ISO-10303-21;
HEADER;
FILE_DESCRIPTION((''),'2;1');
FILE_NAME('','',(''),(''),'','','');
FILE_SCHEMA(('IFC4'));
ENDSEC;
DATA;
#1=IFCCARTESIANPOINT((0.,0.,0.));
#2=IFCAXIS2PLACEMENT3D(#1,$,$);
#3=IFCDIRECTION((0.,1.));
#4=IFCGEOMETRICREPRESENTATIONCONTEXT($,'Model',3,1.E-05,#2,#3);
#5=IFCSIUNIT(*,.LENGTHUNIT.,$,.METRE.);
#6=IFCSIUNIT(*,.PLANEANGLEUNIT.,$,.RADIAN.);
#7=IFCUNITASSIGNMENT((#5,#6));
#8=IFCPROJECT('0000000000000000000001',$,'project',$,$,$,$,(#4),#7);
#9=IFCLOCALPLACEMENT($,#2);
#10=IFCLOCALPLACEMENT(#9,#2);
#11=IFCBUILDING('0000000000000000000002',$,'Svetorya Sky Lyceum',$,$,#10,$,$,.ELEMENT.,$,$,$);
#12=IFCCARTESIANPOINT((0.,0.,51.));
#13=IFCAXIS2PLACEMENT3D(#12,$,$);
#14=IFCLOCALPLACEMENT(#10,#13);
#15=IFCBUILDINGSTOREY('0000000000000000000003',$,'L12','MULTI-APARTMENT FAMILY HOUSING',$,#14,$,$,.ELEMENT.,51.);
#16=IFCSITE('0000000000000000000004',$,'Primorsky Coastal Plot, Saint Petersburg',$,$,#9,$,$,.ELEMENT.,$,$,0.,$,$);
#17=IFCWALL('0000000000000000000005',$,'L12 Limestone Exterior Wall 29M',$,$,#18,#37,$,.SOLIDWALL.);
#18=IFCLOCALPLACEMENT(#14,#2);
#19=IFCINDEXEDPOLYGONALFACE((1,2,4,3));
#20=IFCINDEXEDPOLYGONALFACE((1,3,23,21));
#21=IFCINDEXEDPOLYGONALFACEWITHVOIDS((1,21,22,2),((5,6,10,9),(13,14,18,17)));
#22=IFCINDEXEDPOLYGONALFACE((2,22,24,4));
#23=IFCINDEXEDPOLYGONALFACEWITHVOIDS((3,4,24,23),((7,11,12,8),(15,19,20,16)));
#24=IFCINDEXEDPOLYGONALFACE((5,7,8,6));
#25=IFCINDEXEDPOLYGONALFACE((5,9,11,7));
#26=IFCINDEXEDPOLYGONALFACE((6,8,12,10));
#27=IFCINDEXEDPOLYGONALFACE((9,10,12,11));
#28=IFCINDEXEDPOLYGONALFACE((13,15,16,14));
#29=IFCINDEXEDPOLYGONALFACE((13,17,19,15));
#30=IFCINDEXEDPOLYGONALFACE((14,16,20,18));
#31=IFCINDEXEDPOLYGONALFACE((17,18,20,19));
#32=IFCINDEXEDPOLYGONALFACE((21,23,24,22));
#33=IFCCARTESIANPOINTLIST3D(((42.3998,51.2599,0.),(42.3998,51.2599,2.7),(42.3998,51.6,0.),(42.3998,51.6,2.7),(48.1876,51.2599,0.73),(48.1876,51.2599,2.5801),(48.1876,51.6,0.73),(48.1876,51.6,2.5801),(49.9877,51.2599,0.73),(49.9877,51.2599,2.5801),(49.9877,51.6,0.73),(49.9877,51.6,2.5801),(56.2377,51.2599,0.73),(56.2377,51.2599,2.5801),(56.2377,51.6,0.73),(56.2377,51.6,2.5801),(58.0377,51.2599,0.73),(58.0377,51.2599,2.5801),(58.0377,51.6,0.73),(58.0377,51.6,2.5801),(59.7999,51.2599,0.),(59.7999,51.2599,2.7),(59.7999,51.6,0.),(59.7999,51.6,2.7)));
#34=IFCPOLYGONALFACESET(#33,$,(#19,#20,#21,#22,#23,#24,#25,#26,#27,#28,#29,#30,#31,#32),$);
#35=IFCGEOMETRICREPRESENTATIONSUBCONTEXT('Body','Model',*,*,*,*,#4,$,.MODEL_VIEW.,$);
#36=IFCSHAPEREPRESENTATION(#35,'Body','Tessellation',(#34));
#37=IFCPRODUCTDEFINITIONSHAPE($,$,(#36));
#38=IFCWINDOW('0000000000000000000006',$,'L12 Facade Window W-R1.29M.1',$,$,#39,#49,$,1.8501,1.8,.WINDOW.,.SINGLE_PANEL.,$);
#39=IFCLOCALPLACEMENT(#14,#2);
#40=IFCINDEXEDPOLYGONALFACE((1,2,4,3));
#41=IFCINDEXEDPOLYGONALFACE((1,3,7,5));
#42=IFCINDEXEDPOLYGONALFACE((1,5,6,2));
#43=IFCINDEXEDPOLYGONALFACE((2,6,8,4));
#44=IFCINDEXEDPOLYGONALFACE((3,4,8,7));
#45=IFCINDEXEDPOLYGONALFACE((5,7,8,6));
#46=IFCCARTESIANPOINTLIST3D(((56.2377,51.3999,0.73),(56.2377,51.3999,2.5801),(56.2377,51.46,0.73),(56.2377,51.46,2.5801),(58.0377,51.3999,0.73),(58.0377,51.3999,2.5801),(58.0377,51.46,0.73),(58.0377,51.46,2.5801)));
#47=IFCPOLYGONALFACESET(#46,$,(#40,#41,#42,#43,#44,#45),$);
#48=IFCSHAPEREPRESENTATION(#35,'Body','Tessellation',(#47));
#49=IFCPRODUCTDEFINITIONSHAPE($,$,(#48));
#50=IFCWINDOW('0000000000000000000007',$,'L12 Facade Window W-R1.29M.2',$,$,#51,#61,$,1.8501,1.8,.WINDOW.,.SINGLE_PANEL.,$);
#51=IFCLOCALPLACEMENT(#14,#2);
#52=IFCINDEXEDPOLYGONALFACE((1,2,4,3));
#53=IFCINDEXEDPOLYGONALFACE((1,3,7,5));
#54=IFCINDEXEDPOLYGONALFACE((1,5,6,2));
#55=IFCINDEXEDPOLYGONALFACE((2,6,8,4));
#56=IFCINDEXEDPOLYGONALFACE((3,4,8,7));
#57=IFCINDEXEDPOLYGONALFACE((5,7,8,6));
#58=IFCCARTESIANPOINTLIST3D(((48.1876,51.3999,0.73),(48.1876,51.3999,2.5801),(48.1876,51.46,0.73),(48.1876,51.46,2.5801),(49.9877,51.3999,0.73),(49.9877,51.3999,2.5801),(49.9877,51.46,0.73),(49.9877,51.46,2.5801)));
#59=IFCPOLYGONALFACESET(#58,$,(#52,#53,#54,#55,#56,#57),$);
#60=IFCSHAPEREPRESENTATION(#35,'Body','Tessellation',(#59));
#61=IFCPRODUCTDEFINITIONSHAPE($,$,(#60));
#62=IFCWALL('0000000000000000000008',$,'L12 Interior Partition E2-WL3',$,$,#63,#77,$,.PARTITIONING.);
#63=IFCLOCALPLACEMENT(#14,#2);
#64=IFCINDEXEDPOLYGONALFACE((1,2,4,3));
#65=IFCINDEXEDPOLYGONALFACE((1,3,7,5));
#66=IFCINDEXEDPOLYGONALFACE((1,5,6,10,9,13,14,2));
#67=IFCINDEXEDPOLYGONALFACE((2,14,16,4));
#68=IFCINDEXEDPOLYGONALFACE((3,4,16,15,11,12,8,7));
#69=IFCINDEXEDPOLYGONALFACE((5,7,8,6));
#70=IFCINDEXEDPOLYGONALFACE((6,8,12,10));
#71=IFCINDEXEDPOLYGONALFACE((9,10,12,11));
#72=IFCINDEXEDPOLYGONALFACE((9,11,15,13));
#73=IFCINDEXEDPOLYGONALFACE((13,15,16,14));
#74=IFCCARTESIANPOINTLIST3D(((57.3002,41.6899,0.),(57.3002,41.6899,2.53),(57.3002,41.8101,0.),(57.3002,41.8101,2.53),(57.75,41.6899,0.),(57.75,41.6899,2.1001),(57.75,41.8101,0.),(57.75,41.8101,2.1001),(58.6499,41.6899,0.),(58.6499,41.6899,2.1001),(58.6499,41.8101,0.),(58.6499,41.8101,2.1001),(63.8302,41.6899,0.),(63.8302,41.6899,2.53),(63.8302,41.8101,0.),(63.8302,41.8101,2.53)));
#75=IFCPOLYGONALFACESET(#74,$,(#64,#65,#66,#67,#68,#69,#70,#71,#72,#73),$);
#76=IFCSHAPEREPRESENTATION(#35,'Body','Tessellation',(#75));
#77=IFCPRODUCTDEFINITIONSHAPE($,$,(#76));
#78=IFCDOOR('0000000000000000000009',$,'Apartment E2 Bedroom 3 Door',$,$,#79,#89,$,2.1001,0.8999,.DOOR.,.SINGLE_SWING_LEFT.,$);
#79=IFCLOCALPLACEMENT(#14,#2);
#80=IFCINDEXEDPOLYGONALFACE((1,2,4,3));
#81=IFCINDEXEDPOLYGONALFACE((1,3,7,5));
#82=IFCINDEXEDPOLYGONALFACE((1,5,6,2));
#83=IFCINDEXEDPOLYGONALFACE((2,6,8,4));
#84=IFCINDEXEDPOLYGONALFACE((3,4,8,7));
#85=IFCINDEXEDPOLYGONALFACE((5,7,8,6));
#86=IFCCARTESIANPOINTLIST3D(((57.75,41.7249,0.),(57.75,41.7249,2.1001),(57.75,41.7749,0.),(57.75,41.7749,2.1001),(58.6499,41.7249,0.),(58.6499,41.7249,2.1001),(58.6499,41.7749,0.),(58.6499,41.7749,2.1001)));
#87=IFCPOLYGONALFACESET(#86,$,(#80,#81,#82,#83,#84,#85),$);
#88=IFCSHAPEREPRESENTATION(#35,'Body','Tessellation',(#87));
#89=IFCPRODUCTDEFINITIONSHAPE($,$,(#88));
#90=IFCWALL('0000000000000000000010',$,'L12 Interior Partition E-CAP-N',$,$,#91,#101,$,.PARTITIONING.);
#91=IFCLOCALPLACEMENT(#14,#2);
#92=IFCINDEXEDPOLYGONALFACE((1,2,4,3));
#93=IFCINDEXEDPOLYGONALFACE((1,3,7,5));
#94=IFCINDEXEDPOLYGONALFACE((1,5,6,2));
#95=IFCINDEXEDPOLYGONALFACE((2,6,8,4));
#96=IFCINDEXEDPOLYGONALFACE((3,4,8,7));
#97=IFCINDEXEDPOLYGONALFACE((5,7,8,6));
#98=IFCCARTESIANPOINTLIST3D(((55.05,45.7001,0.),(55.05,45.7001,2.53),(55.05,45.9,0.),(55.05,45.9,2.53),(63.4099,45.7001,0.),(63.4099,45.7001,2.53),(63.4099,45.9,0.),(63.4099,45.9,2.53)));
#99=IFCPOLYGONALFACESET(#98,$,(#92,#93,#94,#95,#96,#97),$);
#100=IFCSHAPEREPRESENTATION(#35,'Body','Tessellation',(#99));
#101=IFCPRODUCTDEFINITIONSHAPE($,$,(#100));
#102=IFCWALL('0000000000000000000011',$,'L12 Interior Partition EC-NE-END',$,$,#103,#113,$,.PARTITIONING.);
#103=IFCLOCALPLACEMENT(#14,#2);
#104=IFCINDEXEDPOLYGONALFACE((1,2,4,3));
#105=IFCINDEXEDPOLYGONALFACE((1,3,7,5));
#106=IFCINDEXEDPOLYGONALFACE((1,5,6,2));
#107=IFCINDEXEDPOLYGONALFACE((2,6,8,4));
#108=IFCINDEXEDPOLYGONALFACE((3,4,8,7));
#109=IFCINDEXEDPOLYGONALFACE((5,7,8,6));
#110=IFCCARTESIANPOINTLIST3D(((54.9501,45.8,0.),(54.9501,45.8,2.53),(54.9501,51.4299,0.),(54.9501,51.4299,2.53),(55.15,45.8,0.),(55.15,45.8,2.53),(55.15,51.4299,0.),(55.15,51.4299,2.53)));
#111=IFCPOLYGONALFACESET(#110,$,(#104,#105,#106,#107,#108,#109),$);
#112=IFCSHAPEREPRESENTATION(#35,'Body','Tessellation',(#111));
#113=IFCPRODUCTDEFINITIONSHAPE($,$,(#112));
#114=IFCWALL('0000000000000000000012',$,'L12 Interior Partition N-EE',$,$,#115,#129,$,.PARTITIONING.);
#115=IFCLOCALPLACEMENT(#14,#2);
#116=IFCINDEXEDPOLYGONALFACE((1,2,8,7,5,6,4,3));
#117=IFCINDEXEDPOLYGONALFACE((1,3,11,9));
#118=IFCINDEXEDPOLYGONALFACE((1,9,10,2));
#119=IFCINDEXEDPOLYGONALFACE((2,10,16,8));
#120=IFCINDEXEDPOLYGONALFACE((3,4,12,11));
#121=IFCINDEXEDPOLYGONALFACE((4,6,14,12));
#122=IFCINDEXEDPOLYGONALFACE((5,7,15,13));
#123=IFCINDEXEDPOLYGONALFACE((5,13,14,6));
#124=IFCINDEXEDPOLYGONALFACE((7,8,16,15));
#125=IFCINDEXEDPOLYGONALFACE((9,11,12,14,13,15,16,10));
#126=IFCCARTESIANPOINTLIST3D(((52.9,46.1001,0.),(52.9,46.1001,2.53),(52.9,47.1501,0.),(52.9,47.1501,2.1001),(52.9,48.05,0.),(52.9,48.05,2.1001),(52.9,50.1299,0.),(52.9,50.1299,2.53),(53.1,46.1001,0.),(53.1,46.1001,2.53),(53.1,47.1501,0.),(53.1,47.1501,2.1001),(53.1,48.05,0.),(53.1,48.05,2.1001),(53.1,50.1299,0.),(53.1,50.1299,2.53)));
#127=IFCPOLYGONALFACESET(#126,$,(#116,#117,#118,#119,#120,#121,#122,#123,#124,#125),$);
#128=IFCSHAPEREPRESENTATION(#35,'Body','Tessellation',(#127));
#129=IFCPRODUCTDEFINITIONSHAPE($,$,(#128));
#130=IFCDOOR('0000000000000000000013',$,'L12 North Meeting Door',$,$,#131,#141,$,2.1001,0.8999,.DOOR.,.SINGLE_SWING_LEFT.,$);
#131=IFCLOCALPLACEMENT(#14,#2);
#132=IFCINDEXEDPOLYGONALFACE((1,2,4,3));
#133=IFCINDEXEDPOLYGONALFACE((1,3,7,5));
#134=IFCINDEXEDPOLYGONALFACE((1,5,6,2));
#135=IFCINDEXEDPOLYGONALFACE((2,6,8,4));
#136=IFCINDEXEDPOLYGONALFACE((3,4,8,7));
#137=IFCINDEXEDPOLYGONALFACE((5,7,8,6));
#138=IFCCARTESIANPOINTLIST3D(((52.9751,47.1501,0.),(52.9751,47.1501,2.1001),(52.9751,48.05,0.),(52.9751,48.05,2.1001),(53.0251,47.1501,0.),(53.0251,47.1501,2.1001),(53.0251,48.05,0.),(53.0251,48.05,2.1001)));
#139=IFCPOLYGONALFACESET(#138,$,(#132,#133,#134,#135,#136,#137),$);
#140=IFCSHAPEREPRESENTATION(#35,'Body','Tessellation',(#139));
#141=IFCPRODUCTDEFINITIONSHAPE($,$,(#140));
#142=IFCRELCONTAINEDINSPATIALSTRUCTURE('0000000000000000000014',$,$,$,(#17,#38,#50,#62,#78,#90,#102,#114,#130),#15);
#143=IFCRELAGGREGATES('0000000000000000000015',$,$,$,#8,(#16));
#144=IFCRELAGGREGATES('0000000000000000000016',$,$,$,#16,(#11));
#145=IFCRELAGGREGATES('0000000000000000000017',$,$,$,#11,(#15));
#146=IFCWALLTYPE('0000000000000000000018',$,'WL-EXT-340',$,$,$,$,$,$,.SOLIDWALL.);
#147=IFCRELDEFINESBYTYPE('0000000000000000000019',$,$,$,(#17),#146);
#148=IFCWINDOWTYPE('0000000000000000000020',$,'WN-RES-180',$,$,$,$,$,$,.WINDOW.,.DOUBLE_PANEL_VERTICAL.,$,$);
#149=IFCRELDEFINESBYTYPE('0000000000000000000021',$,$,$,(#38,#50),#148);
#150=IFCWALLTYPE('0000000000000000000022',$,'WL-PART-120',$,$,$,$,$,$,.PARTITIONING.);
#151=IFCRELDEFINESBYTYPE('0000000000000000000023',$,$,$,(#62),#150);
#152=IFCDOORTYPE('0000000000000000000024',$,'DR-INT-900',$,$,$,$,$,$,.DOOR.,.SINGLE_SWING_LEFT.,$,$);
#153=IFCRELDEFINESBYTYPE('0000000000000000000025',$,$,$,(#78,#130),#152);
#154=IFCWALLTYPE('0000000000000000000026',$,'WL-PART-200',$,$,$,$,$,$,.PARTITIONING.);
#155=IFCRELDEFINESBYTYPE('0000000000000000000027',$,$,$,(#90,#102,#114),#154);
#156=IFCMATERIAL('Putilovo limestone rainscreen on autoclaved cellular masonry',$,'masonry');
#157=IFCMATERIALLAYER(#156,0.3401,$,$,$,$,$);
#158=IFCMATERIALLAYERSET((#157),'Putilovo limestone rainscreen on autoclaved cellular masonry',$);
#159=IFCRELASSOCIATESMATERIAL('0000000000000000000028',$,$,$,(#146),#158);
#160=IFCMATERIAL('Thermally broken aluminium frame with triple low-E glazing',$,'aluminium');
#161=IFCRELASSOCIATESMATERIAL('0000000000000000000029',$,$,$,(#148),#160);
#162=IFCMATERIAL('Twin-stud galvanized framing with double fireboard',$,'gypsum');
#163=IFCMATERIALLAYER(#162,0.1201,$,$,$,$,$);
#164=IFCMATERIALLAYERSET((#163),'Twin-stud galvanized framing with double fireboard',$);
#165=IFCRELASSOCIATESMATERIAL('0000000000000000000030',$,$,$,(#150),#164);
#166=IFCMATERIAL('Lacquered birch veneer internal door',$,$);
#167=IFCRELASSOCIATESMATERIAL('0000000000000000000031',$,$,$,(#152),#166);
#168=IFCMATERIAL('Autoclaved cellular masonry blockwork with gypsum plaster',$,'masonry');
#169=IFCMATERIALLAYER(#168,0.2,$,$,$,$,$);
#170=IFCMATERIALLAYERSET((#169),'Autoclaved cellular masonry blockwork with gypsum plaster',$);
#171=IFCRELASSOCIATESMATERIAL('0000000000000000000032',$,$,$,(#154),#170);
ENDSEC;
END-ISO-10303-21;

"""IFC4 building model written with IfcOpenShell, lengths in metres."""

from ifc_helpers import new_model, si_unit, direction, frame, frame_2d, origin, place, context, subcontext, project, spatial, rectangle, extrude, material, layer, layer_set, type_object, element, fill, save


model = new_model("IFC4")

# Units and contexts
model_context = context("Model", 3, precision=1e-05, world=origin(), true_north=direction((0.0, 1.0)))
body_context = subcontext(model_context, "Body", "Model", "MODEL_VIEW")
ifc_project = project(units=[si_unit("LENGTHUNIT", "METRE"), si_unit("PLANEANGLEUNIT", "RADIAN")], contexts=[model_context])

# Site, building, storey
site_placement = place(None, origin())
site = spatial("IfcSite", under=ifc_project, at=site_placement, Name="Primorsky Coastal Plot, Saint Petersburg", CompositionType="ELEMENT", RefElevation=0.0)
building_placement = place(site_placement, origin())
building = spatial("IfcBuilding", under=site, at=building_placement, Name="Svetorya Sky Lyceum", CompositionType="ELEMENT")
storey_placement = place(building_placement, frame((0.0, 0.0, 51.0)))
storey = spatial("IfcBuildingStorey", under=building, at=storey_placement, Name="L12", Description="MULTI-APARTMENT FAMILY HOUSING", CompositionType="ELEMENT", Elevation=51.0)

# Shared definitions
ifc_material_1 = material(Name="Putilovo limestone rainscreen on autoclaved cellular masonry", Category="masonry")
ifc_layer_1 = layer(ifc_material_1, 0.3401)
ifc_layer_set_1 = layer_set([ifc_layer_1], Name="Putilovo limestone rainscreen on autoclaved cellular masonry")
wall_type_1 = type_object("IfcWallType", Name="WL-EXT-340", PredefinedType="SOLIDWALL", material=ifc_layer_set_1)

# Wall, openings, windows
wall_1_placement = place(storey_placement, frame((59.8, 51.4299, 0.0), z_axis=(0.0, 0.0, 1.0), x_axis=(-1.0, 0.0, 0.0)))
wall_1 = element("IfcWall", 1, at=wall_1_placement, inside=storey, type_object=wall_type_1, Name="L12 Limestone Exterior Wall 29M", PredefinedType="SOLIDWALL", context=body_context, shape_type="SweptSolid", body=[
    extrude(rectangle(XDim=17.4001, YDim=0.3401, at=frame_2d((8.7002, 0.0))), origin(), (0.0, 0.0, 1.0), 2.7),
])
opening_1_placement = place(wall_1_placement, frame((1.7625, 0.0, 0.73)))
opening_1 = element("IfcOpeningElement", 2, at=opening_1_placement, cuts=wall_1, PredefinedType="OPENING", context=body_context, shape_type="SweptSolid", body=[
    extrude(rectangle(XDim=1.8, YDim=1.8501, at=frame_2d((0.8999, 0.925))), frame((0.0, 0.1799, 0.0), z_axis=(0.0, -1.0, 0.0), x_axis=(1.0, 0.0, 0.0)), (0.0, 0.0, 1.0), 0.3601),
])
opening_2_placement = place(wall_1_placement, frame((9.8125, 0.0, 0.73)))
opening_2 = element("IfcOpeningElement", 3, at=opening_2_placement, cuts=wall_1, PredefinedType="OPENING", context=body_context, shape_type="SweptSolid", body=[
    extrude(rectangle(XDim=1.8, YDim=1.8501, at=frame_2d((0.8999, 0.925))), frame((0.0, 0.1799, 0.0), z_axis=(0.0, -1.0, 0.0), x_axis=(1.0, 0.0, 0.0)), (0.0, 0.0, 1.0), 0.3601),
])
ifc_material_2 = material(Name="Thermally broken aluminium frame with triple low-E glazing", Category="aluminium")
window_type = type_object("IfcWindowType", Name="WN-RES-180", PartitioningType="DOUBLE_PANEL_VERTICAL", PredefinedType="WINDOW", material=ifc_material_2)
window_1_placement = place(opening_1_placement, origin())
window_1 = element("IfcWindow", 4, at=window_1_placement, inside=storey, type_object=window_type, Name="L12 Facade Window W-R1.29M.1", OverallHeight=1.8501, OverallWidth=1.8, PartitioningType="SINGLE_PANEL", PredefinedType="WINDOW", context=body_context, shape_type="SweptSolid", body=[
    extrude(rectangle(XDim=1.8, YDim=1.8501, at=frame_2d((0.8999, 0.925))), frame((0.0, 0.03, 0.0), z_axis=(0.0, -1.0, 0.0), x_axis=(1.0, 0.0, 0.0)), (0.0, 0.0, 1.0), 0.0601),
])
fill(opening_1, window_1)
window_2_placement = place(opening_2_placement, origin())
window_2 = element("IfcWindow", 5, at=window_2_placement, inside=storey, type_object=window_type, Name="L12 Facade Window W-R1.29M.2", OverallHeight=1.8501, OverallWidth=1.8, PartitioningType="SINGLE_PANEL", PredefinedType="WINDOW", context=body_context, shape_type="SweptSolid", body=[
    extrude(rectangle(XDim=1.8, YDim=1.8501, at=frame_2d((0.8999, 0.925))), frame((0.0, 0.03, 0.0), z_axis=(0.0, -1.0, 0.0), x_axis=(1.0, 0.0, 0.0)), (0.0, 0.0, 1.0), 0.0601),
])
fill(opening_2, window_2)

# Wall, opening, door
ifc_material_3 = material(Name="Twin-stud galvanized framing with double fireboard", Category="gypsum")
ifc_layer_2 = layer(ifc_material_3, 0.1201)
ifc_layer_set_2 = layer_set([ifc_layer_2], Name="Twin-stud galvanized framing with double fireboard")
wall_type_2 = type_object("IfcWallType", Name="WL-PART-120", PredefinedType="PARTITIONING", material=ifc_layer_set_2)
wall_2_placement = place(storey_placement, frame((57.3, 41.75, 0.0), z_axis=(0.0, 0.0, 1.0), x_axis=(1.0, 0.0, 0.0)))
wall_2 = element("IfcWall", 6, at=wall_2_placement, inside=storey, type_object=wall_type_2, Name="L12 Interior Partition E2-WL3", PredefinedType="PARTITIONING", context=body_context, shape_type="SweptSolid", body=[
    extrude(rectangle(XDim=6.53, YDim=0.1201, at=frame_2d((3.2651, 0.0))), origin(), (0.0, 0.0, 1.0), 2.53),
])
opening_3_placement = place(wall_2_placement, frame((0.45, 0.0, 0.0)))
opening_3 = element("IfcOpeningElement", 7, at=opening_3_placement, cuts=wall_2, PredefinedType="OPENING", context=body_context, shape_type="SweptSolid", body=[
    extrude(rectangle(XDim=0.8999, YDim=2.1001, at=frame_2d((0.45, 1.05))), frame((0.0, 0.0701, 0.0), z_axis=(0.0, -1.0, 0.0), x_axis=(1.0, 0.0, 0.0)), (0.0, 0.0, 1.0), 0.1401),
])
ifc_material_4 = material(Name="Lacquered birch veneer internal door")
door_type = type_object("IfcDoorType", Name="DR-INT-900", OperationType="SINGLE_SWING_LEFT", PredefinedType="DOOR", material=ifc_material_4)
door_1_placement = place(opening_3_placement, origin())
door_1 = element("IfcDoor", 8, at=door_1_placement, inside=storey, type_object=door_type, Name="Apartment E2 Bedroom 3 Door", OperationType="SINGLE_SWING_LEFT", OverallHeight=2.1001, OverallWidth=0.8999, PredefinedType="DOOR", context=body_context, shape_type="SweptSolid", body=[
    extrude(rectangle(XDim=0.8999, YDim=2.1001, at=frame_2d((0.45, 1.05))), frame((0.0, 0.0249, 0.0), z_axis=(0.0, -1.0, 0.0), x_axis=(1.0, 0.0, 0.0)), (0.0, 0.0, 1.0), 0.05),
])
fill(opening_3, door_1)

# Walls
ifc_material_5 = material(Name="Autoclaved cellular masonry blockwork with gypsum plaster", Category="masonry")
ifc_layer_3 = layer(ifc_material_5, 0.2)
ifc_layer_set_3 = layer_set([ifc_layer_3], Name="Autoclaved cellular masonry blockwork with gypsum plaster")
wall_type_3 = type_object("IfcWallType", Name="WL-PART-200", PredefinedType="PARTITIONING", material=ifc_layer_set_3)
wall_3_placement = place(storey_placement, frame((55.05, 45.8, 0.0), z_axis=(0.0, 0.0, 1.0), x_axis=(1.0, 0.0, 0.0)))
element("IfcWall", 9, at=wall_3_placement, inside=storey, type_object=wall_type_3, Name="L12 Interior Partition E-CAP-N", PredefinedType="PARTITIONING", context=body_context, shape_type="SweptSolid", body=[
    extrude(rectangle(XDim=8.3599, YDim=0.2, at=frame_2d((4.1799, 0.0))), origin(), (0.0, 0.0, 1.0), 2.53),
])
wall_4_placement = place(storey_placement, frame((55.05, 45.8, 0.0), z_axis=(0.0, 0.0, 1.0), x_axis=(0.0, 1.0, 0.0)))
element("IfcWall", 10, at=wall_4_placement, inside=storey, type_object=wall_type_3, Name="L12 Interior Partition EC-NE-END", PredefinedType="PARTITIONING", context=body_context, shape_type="SweptSolid", body=[
    extrude(rectangle(XDim=5.6299, YDim=0.2, at=frame_2d((2.8149, 0.0))), origin(), (0.0, 0.0, 1.0), 2.53),
])

# Wall, opening, door
wall_5_placement = place(storey_placement, frame((53.0, 46.1001, 0.0), z_axis=(0.0, 0.0, 1.0), x_axis=(0.0, 1.0, 0.0)))
wall_5 = element("IfcWall", 11, at=wall_5_placement, inside=storey, type_object=wall_type_3, Name="L12 Interior Partition N-EE", PredefinedType="PARTITIONING", context=body_context, shape_type="SweptSolid", body=[
    extrude(rectangle(XDim=4.0298, YDim=0.2, at=frame_2d((2.0149, 0.0))), origin(), (0.0, 0.0, 1.0), 2.53),
])
opening_4_placement = place(wall_5_placement, frame((1.05, 0.0, 0.0)))
opening_4 = element("IfcOpeningElement", 12, at=opening_4_placement, cuts=wall_5, PredefinedType="OPENING", context=body_context, shape_type="SweptSolid", body=[
    extrude(rectangle(XDim=0.8999, YDim=2.1001, at=frame_2d((0.45, 1.05))), frame((0.0, 0.1099, 0.0), z_axis=(0.0, -1.0, 0.0), x_axis=(1.0, 0.0, 0.0)), (0.0, 0.0, 1.0), 0.22),
])
door_2_placement = place(opening_4_placement, origin())
door_2 = element("IfcDoor", 13, at=door_2_placement, inside=storey, type_object=door_type, Name="L12 North Meeting Door", OperationType="SINGLE_SWING_LEFT", OverallHeight=2.1001, OverallWidth=0.8999, PredefinedType="DOOR", context=body_context, shape_type="SweptSolid", body=[
    extrude(rectangle(XDim=0.8999, YDim=2.1001, at=frame_2d((0.45, 1.05))), frame((0.0, 0.0249, 0.0), z_axis=(0.0, -1.0, 0.0), x_axis=(1.0, 0.0, 0.0)), (0.0, 0.0, 1.0), 0.05),
])
fill(opening_4, door_2)

save(model, "model.ifc")
